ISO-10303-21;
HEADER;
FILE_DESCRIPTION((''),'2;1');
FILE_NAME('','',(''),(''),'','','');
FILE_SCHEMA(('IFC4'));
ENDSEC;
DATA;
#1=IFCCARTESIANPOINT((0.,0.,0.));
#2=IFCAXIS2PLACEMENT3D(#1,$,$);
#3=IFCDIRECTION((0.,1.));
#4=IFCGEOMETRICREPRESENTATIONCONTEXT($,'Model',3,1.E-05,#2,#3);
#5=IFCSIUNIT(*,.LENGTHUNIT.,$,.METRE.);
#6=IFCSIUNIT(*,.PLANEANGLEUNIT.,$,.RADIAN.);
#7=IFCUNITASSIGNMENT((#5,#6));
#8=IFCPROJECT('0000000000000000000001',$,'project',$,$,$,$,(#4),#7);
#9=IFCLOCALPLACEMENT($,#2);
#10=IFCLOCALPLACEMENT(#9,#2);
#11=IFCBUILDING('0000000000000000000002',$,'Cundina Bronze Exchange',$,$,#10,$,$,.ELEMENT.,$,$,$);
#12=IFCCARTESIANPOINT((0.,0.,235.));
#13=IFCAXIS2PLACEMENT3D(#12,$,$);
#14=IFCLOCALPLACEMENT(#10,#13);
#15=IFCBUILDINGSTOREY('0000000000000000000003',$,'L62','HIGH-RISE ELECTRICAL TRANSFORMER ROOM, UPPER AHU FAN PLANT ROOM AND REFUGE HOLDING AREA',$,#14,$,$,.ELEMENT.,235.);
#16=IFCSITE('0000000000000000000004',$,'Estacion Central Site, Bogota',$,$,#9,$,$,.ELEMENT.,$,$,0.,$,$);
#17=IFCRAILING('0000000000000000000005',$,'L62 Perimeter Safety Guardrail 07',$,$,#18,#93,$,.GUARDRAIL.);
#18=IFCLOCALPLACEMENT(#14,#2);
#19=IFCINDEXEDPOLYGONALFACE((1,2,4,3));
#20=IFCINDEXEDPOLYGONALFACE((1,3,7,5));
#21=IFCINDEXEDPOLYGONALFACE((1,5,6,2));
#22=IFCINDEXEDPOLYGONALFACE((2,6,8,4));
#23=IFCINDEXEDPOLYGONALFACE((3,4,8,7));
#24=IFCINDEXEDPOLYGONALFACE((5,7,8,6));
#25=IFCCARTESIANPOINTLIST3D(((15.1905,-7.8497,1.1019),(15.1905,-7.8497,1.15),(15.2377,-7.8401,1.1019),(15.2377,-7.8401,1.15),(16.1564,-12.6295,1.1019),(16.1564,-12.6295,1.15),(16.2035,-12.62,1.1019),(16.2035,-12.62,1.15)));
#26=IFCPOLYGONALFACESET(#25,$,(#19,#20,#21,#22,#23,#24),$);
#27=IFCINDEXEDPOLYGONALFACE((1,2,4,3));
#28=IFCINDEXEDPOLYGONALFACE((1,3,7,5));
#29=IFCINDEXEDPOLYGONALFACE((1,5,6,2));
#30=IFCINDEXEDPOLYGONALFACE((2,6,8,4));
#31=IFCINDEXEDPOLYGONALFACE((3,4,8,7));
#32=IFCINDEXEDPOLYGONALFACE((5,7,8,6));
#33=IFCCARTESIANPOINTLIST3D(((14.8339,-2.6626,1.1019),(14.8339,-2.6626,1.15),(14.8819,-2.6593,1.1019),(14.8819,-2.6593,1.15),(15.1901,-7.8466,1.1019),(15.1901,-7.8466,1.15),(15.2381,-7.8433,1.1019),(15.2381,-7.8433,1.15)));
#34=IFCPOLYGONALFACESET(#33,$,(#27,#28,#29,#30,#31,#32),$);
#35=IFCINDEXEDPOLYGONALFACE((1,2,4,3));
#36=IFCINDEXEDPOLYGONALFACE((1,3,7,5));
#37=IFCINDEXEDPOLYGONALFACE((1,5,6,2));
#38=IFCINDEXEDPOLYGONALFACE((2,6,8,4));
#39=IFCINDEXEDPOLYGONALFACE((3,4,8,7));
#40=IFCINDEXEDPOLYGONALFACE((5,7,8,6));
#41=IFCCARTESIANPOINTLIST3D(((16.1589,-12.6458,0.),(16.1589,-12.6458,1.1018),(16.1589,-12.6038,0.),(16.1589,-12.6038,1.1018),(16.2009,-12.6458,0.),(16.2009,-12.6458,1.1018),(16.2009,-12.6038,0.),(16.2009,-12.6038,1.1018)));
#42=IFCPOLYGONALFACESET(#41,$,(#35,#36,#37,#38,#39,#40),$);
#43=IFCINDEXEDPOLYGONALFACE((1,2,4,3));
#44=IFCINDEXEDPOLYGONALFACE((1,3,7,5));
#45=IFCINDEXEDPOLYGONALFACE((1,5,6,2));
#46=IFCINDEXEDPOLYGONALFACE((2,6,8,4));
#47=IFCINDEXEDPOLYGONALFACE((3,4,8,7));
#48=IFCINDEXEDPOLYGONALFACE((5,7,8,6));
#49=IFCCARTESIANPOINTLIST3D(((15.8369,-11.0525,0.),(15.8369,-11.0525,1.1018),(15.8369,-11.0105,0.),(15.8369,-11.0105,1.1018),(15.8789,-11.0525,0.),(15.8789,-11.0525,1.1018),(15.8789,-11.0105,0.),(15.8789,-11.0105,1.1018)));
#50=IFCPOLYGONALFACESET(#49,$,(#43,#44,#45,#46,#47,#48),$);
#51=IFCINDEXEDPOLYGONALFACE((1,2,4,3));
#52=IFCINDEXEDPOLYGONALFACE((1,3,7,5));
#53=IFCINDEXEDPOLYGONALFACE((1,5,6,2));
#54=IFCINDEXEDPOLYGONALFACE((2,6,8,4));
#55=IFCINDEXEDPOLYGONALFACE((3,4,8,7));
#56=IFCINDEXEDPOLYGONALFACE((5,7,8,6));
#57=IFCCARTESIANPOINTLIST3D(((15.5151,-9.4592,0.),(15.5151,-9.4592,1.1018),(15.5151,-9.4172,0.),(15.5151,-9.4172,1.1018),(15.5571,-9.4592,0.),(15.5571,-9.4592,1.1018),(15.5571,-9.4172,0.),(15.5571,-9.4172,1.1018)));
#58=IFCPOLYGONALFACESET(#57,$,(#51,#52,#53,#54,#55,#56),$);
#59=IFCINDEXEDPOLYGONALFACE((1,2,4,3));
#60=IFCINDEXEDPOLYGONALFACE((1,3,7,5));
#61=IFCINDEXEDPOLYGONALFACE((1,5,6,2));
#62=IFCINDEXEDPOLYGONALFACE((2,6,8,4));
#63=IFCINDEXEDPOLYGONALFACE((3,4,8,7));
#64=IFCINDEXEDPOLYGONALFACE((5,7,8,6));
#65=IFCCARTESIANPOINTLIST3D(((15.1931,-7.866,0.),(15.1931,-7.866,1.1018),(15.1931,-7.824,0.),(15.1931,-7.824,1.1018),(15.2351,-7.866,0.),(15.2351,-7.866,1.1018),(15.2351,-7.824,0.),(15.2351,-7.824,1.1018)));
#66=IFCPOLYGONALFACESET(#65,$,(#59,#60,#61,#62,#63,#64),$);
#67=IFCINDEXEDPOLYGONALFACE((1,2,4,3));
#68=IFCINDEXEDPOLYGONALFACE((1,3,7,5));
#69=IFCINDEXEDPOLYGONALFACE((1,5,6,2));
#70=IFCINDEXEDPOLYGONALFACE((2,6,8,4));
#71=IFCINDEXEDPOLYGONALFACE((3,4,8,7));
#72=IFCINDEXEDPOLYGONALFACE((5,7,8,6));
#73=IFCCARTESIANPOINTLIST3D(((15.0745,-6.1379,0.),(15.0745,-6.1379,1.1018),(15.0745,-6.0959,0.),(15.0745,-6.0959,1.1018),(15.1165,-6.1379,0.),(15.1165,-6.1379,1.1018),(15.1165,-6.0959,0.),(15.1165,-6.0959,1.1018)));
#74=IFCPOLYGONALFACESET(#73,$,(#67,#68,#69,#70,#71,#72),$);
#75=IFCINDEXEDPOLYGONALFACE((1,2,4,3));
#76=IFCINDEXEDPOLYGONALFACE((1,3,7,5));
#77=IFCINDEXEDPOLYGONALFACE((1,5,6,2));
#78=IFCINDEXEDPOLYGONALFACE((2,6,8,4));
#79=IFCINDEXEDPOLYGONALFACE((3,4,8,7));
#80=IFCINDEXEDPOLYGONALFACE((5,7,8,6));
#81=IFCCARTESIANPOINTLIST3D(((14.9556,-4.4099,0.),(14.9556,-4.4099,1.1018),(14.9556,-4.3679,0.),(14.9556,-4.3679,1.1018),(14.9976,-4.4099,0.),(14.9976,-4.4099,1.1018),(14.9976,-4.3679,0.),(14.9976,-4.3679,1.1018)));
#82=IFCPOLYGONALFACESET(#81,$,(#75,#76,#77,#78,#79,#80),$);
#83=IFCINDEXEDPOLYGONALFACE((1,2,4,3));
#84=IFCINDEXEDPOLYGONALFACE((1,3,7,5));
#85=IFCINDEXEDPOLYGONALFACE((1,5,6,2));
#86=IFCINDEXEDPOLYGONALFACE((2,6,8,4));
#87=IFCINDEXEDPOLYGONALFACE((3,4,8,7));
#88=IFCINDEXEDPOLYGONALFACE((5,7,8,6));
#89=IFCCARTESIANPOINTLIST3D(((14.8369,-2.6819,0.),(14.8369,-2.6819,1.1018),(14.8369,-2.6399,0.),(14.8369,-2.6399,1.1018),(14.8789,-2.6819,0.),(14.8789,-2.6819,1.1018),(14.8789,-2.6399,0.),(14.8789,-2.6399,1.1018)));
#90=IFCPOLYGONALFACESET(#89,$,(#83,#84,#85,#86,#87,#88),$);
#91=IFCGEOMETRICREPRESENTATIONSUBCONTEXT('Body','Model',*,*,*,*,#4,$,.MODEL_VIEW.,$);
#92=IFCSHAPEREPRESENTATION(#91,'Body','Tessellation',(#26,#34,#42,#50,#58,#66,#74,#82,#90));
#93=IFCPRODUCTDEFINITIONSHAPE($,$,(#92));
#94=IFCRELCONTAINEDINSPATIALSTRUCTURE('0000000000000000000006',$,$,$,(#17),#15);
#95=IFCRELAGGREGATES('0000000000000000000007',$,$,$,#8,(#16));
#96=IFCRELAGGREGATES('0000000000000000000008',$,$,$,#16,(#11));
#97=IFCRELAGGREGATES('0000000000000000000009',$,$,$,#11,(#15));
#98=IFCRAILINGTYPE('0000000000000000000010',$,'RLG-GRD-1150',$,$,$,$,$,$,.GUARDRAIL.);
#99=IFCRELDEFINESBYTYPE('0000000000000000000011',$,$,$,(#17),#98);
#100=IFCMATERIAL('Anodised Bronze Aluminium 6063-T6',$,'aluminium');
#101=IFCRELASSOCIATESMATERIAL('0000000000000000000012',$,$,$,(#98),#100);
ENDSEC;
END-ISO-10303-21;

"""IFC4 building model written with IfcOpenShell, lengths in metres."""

from ifc_helpers import new_model, si_unit, direction, frame, origin, origin_2d, place, context, subcontext, project, spatial, rectangle, extrude, material, type_object, element, save


model = new_model("IFC4")

# Units and contexts
model_context = context("Model", 3, precision=1e-05, world=origin(), true_north=direction((0.0, 1.0)))
body_context = subcontext(model_context, "Body", "Model", "MODEL_VIEW")
ifc_project = project(units=[si_unit("LENGTHUNIT", "METRE"), si_unit("PLANEANGLEUNIT", "RADIAN")], contexts=[model_context])

# Site, building, storey
site_placement = place(None, origin())
site = spatial("IfcSite", under=ifc_project, at=site_placement, Name="Estacion Central Site, Bogota", CompositionType="ELEMENT", RefElevation=0.0)
building_placement = place(site_placement, origin())
building = spatial("IfcBuilding", under=site, at=building_placement, Name="Cundina Bronze Exchange", CompositionType="ELEMENT")
storey_placement = place(building_placement, frame((0.0, 0.0, 235.0)))
storey = spatial("IfcBuildingStorey", under=building, at=storey_placement, Name="L62", Description="HIGH-RISE ELECTRICAL TRANSFORMER ROOM, UPPER AHU FAN PLANT ROOM AND REFUGE HOLDING AREA", CompositionType="ELEMENT", Elevation=235.0)

# Railing
ifc_material_1 = material(Name="Anodised Bronze Aluminium 6063-T6", Category="aluminium")
railing_type = type_object("IfcRailingType", Name="RLG-GRD-1150", PredefinedType="GUARDRAIL", material=ifc_material_1)
railing_1_placement = place(storey_placement, frame((16.1799, -12.6248, 0.0)))
element("IfcRailing", 1, at=railing_1_placement, inside=storey, type_object=railing_type, Name="L62 Perimeter Safety Guardrail 07", PredefinedType="GUARDRAIL", context=body_context, shape_type="SweptSolid", body=[
    extrude(rectangle(XDim=0.0481, YDim=0.0481, at=origin_2d()), frame((0.0, 0.0, 1.126), z_axis=(-0.198061, 0.98019, 0.0), x_axis=(-0.98019, -0.198061, 0.0)), (0.0, 0.0, 1.0), 4.8765),
    extrude(rectangle(XDim=0.0481, YDim=0.0481, at=origin_2d()), frame((-0.9658, 4.7798, 1.126), z_axis=(-0.068549, 0.997648, 0.0), x_axis=(-0.997648, -0.068549, 0.0)), (0.0, 0.0, 1.0), 5.1963),
    extrude(rectangle(XDim=0.042, YDim=0.042, at=origin_2d()), origin(), (0.0, 0.0, 1.0), 1.1018),
    extrude(rectangle(XDim=0.042, YDim=0.042, at=origin_2d()), frame((-0.322, 1.5933, 0.0)), (0.0, 0.0, 1.0), 1.1018),
    extrude(rectangle(XDim=0.042, YDim=0.042, at=origin_2d()), frame((-0.6438, 3.1865, 0.0)), (0.0, 0.0, 1.0), 1.1018),
    extrude(rectangle(XDim=0.042, YDim=0.042, at=origin_2d()), frame((-0.9658, 4.7798, 0.0)), (0.0, 0.0, 1.0), 1.1018),
    extrude(rectangle(XDim=0.042, YDim=0.042, at=origin_2d()), frame((-1.0845, 6.5078, 0.0)), (0.0, 0.0, 1.0), 1.1018),
    extrude(rectangle(XDim=0.042, YDim=0.042, at=origin_2d()), frame((-1.2034, 8.2358, 0.0)), (0.0, 0.0, 1.0), 1.1018),
    extrude(rectangle(XDim=0.042, YDim=0.042, at=origin_2d()), frame((-1.322, 9.9639, 0.0)), (0.0, 0.0, 1.0), 1.1018),
])

save(model, "model.ifc")
